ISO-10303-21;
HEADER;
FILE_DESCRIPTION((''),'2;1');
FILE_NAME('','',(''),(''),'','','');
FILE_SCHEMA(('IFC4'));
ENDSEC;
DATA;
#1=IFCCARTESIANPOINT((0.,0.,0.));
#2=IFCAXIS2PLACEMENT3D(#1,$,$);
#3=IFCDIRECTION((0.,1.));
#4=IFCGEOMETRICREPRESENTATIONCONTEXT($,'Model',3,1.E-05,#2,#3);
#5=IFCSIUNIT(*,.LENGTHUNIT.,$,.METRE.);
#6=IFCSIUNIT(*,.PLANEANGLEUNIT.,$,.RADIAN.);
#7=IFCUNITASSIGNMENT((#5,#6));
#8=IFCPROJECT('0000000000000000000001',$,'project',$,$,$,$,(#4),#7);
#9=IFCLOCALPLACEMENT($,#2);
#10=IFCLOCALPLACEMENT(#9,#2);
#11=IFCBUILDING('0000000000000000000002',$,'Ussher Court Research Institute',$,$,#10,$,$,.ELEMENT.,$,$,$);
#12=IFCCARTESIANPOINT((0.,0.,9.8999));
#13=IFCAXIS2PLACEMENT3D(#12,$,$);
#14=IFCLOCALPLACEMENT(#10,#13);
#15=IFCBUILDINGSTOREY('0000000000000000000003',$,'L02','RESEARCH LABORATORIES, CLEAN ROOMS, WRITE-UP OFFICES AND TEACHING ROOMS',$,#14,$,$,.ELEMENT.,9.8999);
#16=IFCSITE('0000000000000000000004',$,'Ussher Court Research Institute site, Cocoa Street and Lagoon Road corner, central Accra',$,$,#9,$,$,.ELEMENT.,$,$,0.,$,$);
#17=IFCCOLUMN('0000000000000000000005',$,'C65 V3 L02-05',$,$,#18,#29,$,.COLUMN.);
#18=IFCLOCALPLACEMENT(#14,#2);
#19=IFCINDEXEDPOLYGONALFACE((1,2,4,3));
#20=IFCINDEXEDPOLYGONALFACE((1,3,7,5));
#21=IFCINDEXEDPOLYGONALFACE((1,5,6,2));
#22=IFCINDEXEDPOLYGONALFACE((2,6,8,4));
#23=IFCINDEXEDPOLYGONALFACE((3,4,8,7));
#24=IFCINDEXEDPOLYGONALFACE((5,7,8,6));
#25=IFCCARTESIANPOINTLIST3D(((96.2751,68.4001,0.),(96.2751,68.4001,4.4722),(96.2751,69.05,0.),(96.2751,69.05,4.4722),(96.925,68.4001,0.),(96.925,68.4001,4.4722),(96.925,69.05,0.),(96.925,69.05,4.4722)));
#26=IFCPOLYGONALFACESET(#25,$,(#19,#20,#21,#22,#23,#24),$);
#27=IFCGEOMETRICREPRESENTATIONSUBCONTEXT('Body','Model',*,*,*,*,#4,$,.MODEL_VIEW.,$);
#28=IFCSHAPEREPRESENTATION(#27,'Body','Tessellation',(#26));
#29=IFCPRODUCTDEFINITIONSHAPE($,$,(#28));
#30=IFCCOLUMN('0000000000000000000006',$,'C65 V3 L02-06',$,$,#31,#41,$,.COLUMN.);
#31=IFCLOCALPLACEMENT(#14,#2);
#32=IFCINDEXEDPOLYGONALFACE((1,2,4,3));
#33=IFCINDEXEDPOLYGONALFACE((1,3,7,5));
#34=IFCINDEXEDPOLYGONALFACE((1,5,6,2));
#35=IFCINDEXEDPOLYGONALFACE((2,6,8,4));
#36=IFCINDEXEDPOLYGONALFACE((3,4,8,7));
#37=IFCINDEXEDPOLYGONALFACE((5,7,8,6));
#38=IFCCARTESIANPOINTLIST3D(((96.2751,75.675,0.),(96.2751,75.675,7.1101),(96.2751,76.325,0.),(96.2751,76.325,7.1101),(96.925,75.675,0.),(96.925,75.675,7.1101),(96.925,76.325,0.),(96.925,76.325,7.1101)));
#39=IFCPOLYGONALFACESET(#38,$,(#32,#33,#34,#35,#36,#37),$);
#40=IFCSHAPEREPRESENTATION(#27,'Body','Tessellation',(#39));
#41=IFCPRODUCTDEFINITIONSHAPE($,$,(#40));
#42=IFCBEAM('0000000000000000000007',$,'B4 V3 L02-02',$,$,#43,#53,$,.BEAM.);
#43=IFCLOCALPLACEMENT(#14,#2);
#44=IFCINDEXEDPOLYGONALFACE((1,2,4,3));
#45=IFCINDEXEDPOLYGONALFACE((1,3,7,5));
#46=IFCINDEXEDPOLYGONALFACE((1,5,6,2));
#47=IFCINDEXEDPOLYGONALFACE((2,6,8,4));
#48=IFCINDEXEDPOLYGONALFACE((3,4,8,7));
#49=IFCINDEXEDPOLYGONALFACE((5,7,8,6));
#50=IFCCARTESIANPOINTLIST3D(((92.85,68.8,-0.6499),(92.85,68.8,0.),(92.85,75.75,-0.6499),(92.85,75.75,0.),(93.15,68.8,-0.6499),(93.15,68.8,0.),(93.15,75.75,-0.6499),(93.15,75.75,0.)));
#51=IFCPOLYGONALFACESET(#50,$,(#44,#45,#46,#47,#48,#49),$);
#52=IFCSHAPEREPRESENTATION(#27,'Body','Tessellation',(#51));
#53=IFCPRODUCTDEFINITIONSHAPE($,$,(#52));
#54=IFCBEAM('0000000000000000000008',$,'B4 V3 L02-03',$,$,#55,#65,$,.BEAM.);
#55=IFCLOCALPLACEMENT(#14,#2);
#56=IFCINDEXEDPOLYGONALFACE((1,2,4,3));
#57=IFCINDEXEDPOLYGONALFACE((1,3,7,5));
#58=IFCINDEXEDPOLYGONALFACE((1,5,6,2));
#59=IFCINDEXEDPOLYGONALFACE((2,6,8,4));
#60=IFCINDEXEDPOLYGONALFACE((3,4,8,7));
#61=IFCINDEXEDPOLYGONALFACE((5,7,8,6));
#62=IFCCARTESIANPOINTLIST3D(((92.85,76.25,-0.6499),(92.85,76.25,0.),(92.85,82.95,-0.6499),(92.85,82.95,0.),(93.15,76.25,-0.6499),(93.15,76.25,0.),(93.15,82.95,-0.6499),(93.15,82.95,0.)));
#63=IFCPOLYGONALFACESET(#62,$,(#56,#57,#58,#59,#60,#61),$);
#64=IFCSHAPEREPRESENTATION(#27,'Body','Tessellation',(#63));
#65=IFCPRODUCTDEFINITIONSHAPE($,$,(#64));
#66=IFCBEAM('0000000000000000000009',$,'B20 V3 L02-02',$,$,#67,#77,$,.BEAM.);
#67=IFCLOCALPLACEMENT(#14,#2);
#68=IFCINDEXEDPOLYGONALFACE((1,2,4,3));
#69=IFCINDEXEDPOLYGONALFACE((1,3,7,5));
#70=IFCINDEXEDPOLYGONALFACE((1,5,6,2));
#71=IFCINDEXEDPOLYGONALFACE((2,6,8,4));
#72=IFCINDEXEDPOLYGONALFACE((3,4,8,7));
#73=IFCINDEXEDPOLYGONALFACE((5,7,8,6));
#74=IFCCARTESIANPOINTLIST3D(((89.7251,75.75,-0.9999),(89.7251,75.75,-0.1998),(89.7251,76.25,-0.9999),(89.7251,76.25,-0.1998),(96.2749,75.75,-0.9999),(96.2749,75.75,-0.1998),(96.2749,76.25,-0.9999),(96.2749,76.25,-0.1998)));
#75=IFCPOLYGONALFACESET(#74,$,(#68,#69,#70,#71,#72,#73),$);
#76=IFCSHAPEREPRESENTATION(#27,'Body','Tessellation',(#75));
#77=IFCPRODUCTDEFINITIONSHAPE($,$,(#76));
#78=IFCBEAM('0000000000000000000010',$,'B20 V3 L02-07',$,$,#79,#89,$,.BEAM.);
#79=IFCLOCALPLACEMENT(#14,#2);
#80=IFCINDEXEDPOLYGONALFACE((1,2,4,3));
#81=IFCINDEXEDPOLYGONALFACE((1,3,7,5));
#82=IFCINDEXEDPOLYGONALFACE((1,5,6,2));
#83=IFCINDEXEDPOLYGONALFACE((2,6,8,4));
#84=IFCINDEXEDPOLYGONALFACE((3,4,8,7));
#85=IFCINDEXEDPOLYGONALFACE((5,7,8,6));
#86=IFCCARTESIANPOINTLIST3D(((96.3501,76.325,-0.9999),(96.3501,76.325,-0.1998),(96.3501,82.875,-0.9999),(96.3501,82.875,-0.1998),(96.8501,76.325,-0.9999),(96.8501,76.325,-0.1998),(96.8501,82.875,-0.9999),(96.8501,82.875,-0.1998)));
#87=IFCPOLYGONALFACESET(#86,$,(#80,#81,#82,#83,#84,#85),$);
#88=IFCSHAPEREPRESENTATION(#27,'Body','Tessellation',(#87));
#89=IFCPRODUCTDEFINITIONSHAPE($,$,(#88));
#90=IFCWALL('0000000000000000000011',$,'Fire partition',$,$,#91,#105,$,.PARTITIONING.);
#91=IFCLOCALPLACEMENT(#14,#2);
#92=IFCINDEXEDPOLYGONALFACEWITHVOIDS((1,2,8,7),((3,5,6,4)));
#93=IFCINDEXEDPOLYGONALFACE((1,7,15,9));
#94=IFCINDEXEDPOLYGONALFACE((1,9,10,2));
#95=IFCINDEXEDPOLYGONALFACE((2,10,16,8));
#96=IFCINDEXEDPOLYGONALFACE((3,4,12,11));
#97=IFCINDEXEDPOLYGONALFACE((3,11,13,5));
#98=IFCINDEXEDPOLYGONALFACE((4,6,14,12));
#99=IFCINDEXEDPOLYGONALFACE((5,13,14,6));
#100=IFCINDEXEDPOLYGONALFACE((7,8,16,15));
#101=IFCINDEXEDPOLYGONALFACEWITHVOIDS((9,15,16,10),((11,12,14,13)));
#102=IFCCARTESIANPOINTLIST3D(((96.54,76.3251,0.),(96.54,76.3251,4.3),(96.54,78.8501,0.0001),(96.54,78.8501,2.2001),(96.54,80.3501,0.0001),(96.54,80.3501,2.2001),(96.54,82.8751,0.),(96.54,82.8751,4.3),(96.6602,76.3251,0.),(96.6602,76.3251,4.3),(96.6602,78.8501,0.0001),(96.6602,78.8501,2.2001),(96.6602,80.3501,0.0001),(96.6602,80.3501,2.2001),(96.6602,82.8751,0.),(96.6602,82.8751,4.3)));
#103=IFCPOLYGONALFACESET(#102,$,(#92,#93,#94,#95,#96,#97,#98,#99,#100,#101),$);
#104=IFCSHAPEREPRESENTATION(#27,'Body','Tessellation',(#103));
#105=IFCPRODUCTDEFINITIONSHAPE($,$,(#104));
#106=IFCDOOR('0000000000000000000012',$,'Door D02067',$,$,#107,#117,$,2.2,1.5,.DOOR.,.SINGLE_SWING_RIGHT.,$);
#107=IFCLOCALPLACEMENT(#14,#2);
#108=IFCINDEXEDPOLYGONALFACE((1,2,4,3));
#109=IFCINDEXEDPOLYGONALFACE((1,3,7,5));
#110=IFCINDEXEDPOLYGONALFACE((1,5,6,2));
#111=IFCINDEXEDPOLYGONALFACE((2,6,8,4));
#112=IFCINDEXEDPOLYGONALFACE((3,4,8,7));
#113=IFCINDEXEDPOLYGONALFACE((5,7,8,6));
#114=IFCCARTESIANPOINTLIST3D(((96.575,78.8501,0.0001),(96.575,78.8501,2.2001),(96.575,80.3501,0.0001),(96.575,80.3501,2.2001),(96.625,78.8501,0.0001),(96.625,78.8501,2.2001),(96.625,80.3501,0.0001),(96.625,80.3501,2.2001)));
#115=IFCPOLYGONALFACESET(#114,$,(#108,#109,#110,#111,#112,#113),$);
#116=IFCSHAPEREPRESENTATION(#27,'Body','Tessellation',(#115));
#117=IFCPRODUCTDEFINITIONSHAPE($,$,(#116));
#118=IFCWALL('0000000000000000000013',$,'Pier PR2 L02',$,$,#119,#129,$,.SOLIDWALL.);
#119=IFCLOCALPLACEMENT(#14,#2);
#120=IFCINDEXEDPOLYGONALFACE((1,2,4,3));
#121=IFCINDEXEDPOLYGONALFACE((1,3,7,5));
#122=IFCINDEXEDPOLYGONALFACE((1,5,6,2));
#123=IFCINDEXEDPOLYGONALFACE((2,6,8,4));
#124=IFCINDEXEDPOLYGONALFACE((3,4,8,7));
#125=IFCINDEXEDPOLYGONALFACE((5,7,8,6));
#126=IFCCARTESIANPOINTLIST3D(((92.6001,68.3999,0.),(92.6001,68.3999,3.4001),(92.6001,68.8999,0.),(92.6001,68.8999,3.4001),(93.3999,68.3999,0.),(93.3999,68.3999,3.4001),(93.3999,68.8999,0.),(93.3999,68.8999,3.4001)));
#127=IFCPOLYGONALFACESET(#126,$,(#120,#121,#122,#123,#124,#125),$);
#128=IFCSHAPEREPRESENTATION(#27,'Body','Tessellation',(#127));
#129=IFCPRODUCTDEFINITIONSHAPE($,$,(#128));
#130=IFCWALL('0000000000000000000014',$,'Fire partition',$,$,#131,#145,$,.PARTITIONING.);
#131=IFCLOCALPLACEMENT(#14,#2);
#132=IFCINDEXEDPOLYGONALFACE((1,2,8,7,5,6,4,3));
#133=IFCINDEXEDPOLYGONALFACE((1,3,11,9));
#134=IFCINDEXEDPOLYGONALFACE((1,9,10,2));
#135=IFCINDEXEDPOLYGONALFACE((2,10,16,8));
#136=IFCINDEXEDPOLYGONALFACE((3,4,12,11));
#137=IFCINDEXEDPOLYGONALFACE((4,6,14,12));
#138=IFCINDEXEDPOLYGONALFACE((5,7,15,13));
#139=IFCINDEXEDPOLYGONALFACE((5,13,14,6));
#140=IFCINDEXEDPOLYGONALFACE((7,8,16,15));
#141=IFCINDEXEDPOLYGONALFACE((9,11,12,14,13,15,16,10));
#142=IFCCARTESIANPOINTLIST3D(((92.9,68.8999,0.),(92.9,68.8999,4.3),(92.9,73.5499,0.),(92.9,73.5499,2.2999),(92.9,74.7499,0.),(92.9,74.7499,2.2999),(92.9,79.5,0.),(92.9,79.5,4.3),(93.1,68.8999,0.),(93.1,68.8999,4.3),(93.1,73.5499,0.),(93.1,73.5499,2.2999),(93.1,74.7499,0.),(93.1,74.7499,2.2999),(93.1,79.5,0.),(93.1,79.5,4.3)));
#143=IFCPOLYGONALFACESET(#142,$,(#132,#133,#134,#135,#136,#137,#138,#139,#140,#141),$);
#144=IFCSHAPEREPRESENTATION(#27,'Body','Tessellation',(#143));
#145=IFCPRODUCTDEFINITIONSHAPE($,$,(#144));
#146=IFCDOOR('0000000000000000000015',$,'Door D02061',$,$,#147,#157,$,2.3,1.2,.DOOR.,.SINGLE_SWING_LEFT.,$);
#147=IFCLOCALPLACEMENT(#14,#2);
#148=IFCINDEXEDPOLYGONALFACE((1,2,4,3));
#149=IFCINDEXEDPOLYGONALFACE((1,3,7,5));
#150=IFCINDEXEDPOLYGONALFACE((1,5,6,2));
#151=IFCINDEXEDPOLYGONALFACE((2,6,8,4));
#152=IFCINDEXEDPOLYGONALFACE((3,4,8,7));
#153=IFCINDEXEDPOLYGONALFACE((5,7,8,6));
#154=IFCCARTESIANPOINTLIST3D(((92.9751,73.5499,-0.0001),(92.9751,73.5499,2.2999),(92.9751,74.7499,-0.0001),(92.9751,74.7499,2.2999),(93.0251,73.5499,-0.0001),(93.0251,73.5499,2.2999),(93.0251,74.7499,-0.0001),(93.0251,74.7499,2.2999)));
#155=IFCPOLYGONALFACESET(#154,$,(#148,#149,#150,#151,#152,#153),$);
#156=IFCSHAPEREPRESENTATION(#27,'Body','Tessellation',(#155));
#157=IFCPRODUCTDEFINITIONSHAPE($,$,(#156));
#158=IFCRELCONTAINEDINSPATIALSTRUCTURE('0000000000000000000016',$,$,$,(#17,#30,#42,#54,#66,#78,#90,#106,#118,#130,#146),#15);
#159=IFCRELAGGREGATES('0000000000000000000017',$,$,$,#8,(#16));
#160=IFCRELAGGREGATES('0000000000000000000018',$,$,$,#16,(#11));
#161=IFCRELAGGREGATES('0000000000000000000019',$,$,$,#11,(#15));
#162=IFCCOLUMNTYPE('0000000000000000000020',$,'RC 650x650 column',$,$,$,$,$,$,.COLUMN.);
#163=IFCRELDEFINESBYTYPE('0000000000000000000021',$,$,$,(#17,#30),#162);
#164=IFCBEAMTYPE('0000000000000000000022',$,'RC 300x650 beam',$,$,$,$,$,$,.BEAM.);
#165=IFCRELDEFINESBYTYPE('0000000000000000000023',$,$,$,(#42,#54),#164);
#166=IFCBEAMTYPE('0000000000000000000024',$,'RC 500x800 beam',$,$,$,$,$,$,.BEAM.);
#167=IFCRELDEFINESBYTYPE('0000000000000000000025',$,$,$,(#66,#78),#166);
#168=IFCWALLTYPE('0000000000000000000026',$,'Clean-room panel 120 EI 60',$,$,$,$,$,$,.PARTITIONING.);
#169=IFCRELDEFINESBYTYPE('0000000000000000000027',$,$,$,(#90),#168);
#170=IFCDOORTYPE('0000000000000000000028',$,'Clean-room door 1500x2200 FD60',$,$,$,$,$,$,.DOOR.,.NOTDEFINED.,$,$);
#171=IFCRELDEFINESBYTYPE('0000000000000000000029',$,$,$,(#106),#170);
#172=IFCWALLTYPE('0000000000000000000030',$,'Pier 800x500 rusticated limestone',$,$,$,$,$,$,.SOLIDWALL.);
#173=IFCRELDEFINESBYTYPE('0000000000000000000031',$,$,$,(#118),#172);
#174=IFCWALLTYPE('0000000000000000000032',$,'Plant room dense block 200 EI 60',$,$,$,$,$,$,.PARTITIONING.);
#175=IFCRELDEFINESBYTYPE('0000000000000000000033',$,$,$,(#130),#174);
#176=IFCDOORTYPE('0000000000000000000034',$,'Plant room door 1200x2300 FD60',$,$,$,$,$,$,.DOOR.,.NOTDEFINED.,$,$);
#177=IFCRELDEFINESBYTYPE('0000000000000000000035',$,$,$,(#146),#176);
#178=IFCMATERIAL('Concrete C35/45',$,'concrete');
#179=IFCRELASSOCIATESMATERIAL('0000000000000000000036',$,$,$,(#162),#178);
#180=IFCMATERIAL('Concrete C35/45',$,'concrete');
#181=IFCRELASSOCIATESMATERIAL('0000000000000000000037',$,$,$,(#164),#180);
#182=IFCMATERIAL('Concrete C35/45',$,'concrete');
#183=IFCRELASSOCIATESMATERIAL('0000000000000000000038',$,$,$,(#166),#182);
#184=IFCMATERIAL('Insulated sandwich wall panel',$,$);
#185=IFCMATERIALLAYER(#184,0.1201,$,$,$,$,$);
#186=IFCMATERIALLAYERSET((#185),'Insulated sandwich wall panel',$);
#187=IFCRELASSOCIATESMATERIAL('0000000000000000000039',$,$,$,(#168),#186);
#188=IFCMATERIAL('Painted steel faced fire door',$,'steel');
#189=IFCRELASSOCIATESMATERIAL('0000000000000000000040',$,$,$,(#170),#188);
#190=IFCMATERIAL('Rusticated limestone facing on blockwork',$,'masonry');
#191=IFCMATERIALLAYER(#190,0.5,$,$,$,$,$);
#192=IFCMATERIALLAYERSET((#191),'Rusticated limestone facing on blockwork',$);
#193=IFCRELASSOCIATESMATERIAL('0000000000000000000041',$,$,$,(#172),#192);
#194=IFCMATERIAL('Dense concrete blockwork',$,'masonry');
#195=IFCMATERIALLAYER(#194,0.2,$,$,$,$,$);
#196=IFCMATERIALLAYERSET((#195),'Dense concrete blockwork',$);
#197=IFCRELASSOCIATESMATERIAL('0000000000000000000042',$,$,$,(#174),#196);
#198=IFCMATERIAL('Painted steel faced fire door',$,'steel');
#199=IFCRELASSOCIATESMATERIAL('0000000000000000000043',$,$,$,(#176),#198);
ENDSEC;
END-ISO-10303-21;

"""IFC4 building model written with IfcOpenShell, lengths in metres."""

from ifc_helpers import new_model, si_unit, direction, frame, frame_2d, origin, origin_2d, place, context, subcontext, project, spatial, rectangle, extrude, material, layer, layer_set, material_profile, profile_set, type_object, element, fill, save


model = new_model("IFC4")

# Units and contexts
model_context = context("Model", 3, precision=1e-05, world=origin(), true_north=direction((0.0, 1.0)))
body_context = subcontext(model_context, "Body", "Model", "MODEL_VIEW")
ifc_project = project(units=[si_unit("LENGTHUNIT", "METRE"), si_unit("PLANEANGLEUNIT", "RADIAN")], contexts=[model_context])

# Site, building, storey
site_placement = place(None, origin())
site = spatial("IfcSite", under=ifc_project, at=site_placement, Name="Ussher Court Research Institute site, Cocoa Street and Lagoon Road corner, central Accra", CompositionType="ELEMENT", RefElevation=0.0)
building_placement = place(site_placement, origin())
building = spatial("IfcBuilding", under=site, at=building_placement, Name="Ussher Court Research Institute", CompositionType="ELEMENT")
storey_placement = place(building_placement, frame((0.0, 0.0, 9.8999)))
storey = spatial("IfcBuildingStorey", under=building, at=storey_placement, Name="L02", Description="RESEARCH LABORATORIES, CLEAN ROOMS, WRITE-UP OFFICES AND TEACHING ROOMS", CompositionType="ELEMENT", Elevation=9.8999)

# Columns
ifc_material_1 = material(Name="Concrete C35/45", Category="concrete")
ifc_material_profile_1 = material_profile(ifc_material_1, rectangle(XDim=0.6499, YDim=0.6499, at=origin_2d()), Name="RC 650x650")
ifc_profile_set_1 = profile_set([ifc_material_profile_1], Name="Concrete C35/45")
column_type = type_object("IfcColumnType", Name="RC 650x650 column", PredefinedType="COLUMN", material=ifc_profile_set_1)
column_1_placement = place(storey_placement, frame((96.6001, 68.7251, 0.0), z_axis=(0.0, 0.0, 1.0), x_axis=(1.0, 0.0, 0.0)))
element("IfcColumn", 1, at=column_1_placement, inside=storey, type_object=column_type, Name="C65 V3 L02-05", PredefinedType="COLUMN", context=body_context, shape_type="SweptSolid", body=[
    extrude(rectangle(XDim=0.6499, YDim=0.6499, at=origin_2d()), origin(), (0.0, 0.0, 1.0), 4.4722),
])
column_2_placement = place(storey_placement, frame((96.6001, 76.0, 0.0), z_axis=(0.0, 0.0, 1.0), x_axis=(1.0, 0.0, 0.0)))
element("IfcColumn", 2, at=column_2_placement, inside=storey, type_object=column_type, Name="C65 V3 L02-06", PredefinedType="COLUMN", context=body_context, shape_type="SweptSolid", body=[
    extrude(rectangle(XDim=0.6499, YDim=0.6499, at=origin_2d()), origin(), (0.0, 0.0, 1.0), 7.1101),
])

# Beams
ifc_material_2 = material(Name="Concrete C35/45", Category="concrete")
ifc_material_profile_2 = material_profile(ifc_material_2, rectangle(XDim=0.3, YDim=0.6499, at=origin_2d()), Name="RC 300x650")
ifc_profile_set_2 = profile_set([ifc_material_profile_2], Name="Concrete C35/45")
beam_type_1 = type_object("IfcBeamType", Name="RC 300x650 beam", PredefinedType="BEAM", material=ifc_profile_set_2)
beam_1_placement = place(storey_placement, frame((93.0, 68.8, -0.325), z_axis=(0.0, 1.0, 0.0), x_axis=(-1.0, 0.0, 0.0)))
element("IfcBeam", 3, at=beam_1_placement, inside=storey, type_object=beam_type_1, Name="B4 V3 L02-02", PredefinedType="BEAM", context=body_context, shape_type="SweptSolid", body=[
    extrude(rectangle(XDim=0.3, YDim=0.6499, at=origin_2d()), origin(), (0.0, 0.0, 1.0), 6.95),
])
beam_2_placement = place(storey_placement, frame((93.0, 76.25, -0.325), z_axis=(0.0, 1.0, 0.0), x_axis=(-1.0, 0.0, 0.0)))
element("IfcBeam", 4, at=beam_2_placement, inside=storey, type_object=beam_type_1, Name="B4 V3 L02-03", PredefinedType="BEAM", context=body_context, shape_type="SweptSolid", body=[
    extrude(rectangle(XDim=0.3, YDim=0.6499, at=origin_2d()), origin(), (0.0, 0.0, 1.0), 6.7),
])
ifc_material_3 = material(Name="Concrete C35/45", Category="concrete")
ifc_material_profile_3 = material_profile(ifc_material_3, rectangle(XDim=0.5, YDim=0.8, at=origin_2d()), Name="RC 500x800")
ifc_profile_set_3 = profile_set([ifc_material_profile_3], Name="Concrete C35/45")
beam_type_2 = type_object("IfcBeamType", Name="RC 500x800 beam", PredefinedType="BEAM", material=ifc_profile_set_3)
beam_3_placement = place(storey_placement, frame((89.7251, 76.0, -0.5999), z_axis=(1.0, 0.0, 0.0), x_axis=(0.0, 1.0, 0.0)))
element("IfcBeam", 5, at=beam_3_placement, inside=storey, type_object=beam_type_2, Name="B20 V3 L02-02", PredefinedType="BEAM", context=body_context, shape_type="SweptSolid", body=[
    extrude(rectangle(XDim=0.5, YDim=0.8, at=origin_2d()), origin(), (0.0, 0.0, 1.0), 6.5498),
])
beam_4_placement = place(storey_placement, frame((96.6001, 76.325, -0.5999), z_axis=(0.0, 1.0, 0.0), x_axis=(-1.0, 0.0, 0.0)))
element("IfcBeam", 6, at=beam_4_placement, inside=storey, type_object=beam_type_2, Name="B20 V3 L02-07", PredefinedType="BEAM", context=body_context, shape_type="SweptSolid", body=[
    extrude(rectangle(XDim=0.5, YDim=0.8, at=origin_2d()), origin(), (0.0, 0.0, 1.0), 6.55),
])

# Wall, opening, door
ifc_material_4 = material(Name="Insulated sandwich wall panel")
ifc_layer_1 = layer(ifc_material_4, 0.1201)
ifc_layer_set_1 = layer_set([ifc_layer_1], Name="Insulated sandwich wall panel")
wall_type_1 = type_object("IfcWallType", Name="Clean-room panel 120 EI 60", PredefinedType="PARTITIONING", material=ifc_layer_set_1)
wall_1_placement = place(storey_placement, frame((96.6001, 82.875, 0.0), z_axis=(0.0, 0.0, 1.0), x_axis=(0.0, -1.0, 0.0)))
wall_1 = element("IfcWall", 7, at=wall_1_placement, inside=storey, type_object=wall_type_1, Name="Fire partition", PredefinedType="PARTITIONING", context=body_context, shape_type="SweptSolid", body=[
    extrude(rectangle(XDim=6.55, YDim=0.1201, at=frame_2d((3.2749, 0.0))), origin(), (0.0, 0.0, 1.0), 4.3),
])
opening_1_placement = place(wall_1_placement, frame((2.5249, 0.0, 0.0)))
opening_1 = element("IfcOpeningElement", 8, at=opening_1_placement, cuts=wall_1, PredefinedType="OPENING", context=body_context, shape_type="SweptSolid", body=[
    extrude(rectangle(XDim=1.5, YDim=2.2, at=frame_2d((0.75, 1.1001))), frame((0.0, 0.0701, 0.0), z_axis=(0.0, -1.0, 0.0), x_axis=(1.0, 0.0, 0.0)), (0.0, 0.0, 1.0), 0.1401),
])
ifc_material_5 = material(Name="Painted steel faced fire door", Category="steel")
door_type_1 = type_object("IfcDoorType", Name="Clean-room door 1500x2200 FD60", OperationType="NOTDEFINED", PredefinedType="DOOR", material=ifc_material_5)
door_1_placement = place(opening_1_placement, origin())
door_1 = element("IfcDoor", 9, at=door_1_placement, inside=storey, type_object=door_type_1, Name="Door D02067", OperationType="SINGLE_SWING_RIGHT", OverallHeight=2.2, OverallWidth=1.5, PredefinedType="DOOR", context=body_context, shape_type="SweptSolid", body=[
    extrude(rectangle(XDim=1.5, YDim=2.2, at=frame_2d((0.75, 1.1001))), frame((0.0, 0.0249, 0.0), z_axis=(0.0, -1.0, 0.0), x_axis=(1.0, 0.0, 0.0)), (0.0, 0.0, 1.0), 0.05),
])
fill(opening_1, door_1)

# Wall
ifc_material_6 = material(Name="Rusticated limestone facing on blockwork", Category="masonry")
ifc_layer_2 = layer(ifc_material_6, 0.5)
ifc_layer_set_2 = layer_set([ifc_layer_2], Name="Rusticated limestone facing on blockwork")
wall_type_2 = type_object("IfcWallType", Name="Pier 800x500 rusticated limestone", PredefinedType="SOLIDWALL", material=ifc_layer_set_2)
wall_2_placement = place(storey_placement, frame((93.3999, 68.6499, 0.0), z_axis=(0.0, 0.0, 1.0), x_axis=(-1.0, 0.0, 0.0)))
element("IfcWall", 10, at=wall_2_placement, inside=storey, type_object=wall_type_2, Name="Pier PR2 L02", PredefinedType="SOLIDWALL", context=body_context, shape_type="SweptSolid", body=[
    extrude(rectangle(XDim=0.7998, YDim=0.5, at=frame_2d((0.3999, 0.0))), origin(), (0.0, 0.0, 1.0), 3.4001),
])

# Wall, opening, door
ifc_material_7 = material(Name="Dense concrete blockwork", Category="masonry")
ifc_layer_3 = layer(ifc_material_7, 0.2)
ifc_layer_set_3 = layer_set([ifc_layer_3], Name="Dense concrete blockwork")
wall_type_3 = type_object("IfcWallType", Name="Plant room dense block 200 EI 60", PredefinedType="PARTITIONING", material=ifc_layer_set_3)
wall_3_placement = place(storey_placement, frame((93.0, 68.8999, 0.0), z_axis=(0.0, 0.0, 1.0), x_axis=(0.0, 1.0, 0.0)))
wall_3 = element("IfcWall", 11, at=wall_3_placement, inside=storey, type_object=wall_type_3, Name="Fire partition", PredefinedType="PARTITIONING", context=body_context, shape_type="SweptSolid", body=[
    extrude(rectangle(XDim=10.6001, YDim=0.2, at=frame_2d((5.3, 0.0))), origin(), (0.0, 0.0, 1.0), 4.3),
])
opening_2_placement = place(wall_3_placement, frame((4.6499, 0.0, 0.0)))
opening_2 = element("IfcOpeningElement", 12, at=opening_2_placement, cuts=wall_3, PredefinedType="OPENING", context=body_context, shape_type="SweptSolid", body=[
    extrude(rectangle(XDim=1.2, YDim=2.3, at=frame_2d((0.6001, 1.1499))), frame((0.0, 0.1099, 0.0), z_axis=(0.0, -1.0, 0.0), x_axis=(1.0, 0.0, 0.0)), (0.0, 0.0, 1.0), 0.22),
])
ifc_material_8 = material(Name="Painted steel faced fire door", Category="steel")
door_type_2 = type_object("IfcDoorType", Name="Plant room door 1200x2300 FD60", OperationType="NOTDEFINED", PredefinedType="DOOR", material=ifc_material_8)
door_2_placement = place(opening_2_placement, origin())
door_2 = element("IfcDoor", 13, at=door_2_placement, inside=storey, type_object=door_type_2, Name="Door D02061", OperationType="SINGLE_SWING_LEFT", OverallHeight=2.3, OverallWidth=1.2, PredefinedType="DOOR", context=body_context, shape_type="SweptSolid", body=[
    extrude(rectangle(XDim=1.2, YDim=2.3, at=frame_2d((0.6001, 1.1499))), frame((0.0, 0.0249, 0.0), z_axis=(0.0, -1.0, 0.0), x_axis=(1.0, 0.0, 0.0)), (0.0, 0.0, 1.0), 0.05),
])
fill(opening_2, door_2)

save(model, "model.ifc")
